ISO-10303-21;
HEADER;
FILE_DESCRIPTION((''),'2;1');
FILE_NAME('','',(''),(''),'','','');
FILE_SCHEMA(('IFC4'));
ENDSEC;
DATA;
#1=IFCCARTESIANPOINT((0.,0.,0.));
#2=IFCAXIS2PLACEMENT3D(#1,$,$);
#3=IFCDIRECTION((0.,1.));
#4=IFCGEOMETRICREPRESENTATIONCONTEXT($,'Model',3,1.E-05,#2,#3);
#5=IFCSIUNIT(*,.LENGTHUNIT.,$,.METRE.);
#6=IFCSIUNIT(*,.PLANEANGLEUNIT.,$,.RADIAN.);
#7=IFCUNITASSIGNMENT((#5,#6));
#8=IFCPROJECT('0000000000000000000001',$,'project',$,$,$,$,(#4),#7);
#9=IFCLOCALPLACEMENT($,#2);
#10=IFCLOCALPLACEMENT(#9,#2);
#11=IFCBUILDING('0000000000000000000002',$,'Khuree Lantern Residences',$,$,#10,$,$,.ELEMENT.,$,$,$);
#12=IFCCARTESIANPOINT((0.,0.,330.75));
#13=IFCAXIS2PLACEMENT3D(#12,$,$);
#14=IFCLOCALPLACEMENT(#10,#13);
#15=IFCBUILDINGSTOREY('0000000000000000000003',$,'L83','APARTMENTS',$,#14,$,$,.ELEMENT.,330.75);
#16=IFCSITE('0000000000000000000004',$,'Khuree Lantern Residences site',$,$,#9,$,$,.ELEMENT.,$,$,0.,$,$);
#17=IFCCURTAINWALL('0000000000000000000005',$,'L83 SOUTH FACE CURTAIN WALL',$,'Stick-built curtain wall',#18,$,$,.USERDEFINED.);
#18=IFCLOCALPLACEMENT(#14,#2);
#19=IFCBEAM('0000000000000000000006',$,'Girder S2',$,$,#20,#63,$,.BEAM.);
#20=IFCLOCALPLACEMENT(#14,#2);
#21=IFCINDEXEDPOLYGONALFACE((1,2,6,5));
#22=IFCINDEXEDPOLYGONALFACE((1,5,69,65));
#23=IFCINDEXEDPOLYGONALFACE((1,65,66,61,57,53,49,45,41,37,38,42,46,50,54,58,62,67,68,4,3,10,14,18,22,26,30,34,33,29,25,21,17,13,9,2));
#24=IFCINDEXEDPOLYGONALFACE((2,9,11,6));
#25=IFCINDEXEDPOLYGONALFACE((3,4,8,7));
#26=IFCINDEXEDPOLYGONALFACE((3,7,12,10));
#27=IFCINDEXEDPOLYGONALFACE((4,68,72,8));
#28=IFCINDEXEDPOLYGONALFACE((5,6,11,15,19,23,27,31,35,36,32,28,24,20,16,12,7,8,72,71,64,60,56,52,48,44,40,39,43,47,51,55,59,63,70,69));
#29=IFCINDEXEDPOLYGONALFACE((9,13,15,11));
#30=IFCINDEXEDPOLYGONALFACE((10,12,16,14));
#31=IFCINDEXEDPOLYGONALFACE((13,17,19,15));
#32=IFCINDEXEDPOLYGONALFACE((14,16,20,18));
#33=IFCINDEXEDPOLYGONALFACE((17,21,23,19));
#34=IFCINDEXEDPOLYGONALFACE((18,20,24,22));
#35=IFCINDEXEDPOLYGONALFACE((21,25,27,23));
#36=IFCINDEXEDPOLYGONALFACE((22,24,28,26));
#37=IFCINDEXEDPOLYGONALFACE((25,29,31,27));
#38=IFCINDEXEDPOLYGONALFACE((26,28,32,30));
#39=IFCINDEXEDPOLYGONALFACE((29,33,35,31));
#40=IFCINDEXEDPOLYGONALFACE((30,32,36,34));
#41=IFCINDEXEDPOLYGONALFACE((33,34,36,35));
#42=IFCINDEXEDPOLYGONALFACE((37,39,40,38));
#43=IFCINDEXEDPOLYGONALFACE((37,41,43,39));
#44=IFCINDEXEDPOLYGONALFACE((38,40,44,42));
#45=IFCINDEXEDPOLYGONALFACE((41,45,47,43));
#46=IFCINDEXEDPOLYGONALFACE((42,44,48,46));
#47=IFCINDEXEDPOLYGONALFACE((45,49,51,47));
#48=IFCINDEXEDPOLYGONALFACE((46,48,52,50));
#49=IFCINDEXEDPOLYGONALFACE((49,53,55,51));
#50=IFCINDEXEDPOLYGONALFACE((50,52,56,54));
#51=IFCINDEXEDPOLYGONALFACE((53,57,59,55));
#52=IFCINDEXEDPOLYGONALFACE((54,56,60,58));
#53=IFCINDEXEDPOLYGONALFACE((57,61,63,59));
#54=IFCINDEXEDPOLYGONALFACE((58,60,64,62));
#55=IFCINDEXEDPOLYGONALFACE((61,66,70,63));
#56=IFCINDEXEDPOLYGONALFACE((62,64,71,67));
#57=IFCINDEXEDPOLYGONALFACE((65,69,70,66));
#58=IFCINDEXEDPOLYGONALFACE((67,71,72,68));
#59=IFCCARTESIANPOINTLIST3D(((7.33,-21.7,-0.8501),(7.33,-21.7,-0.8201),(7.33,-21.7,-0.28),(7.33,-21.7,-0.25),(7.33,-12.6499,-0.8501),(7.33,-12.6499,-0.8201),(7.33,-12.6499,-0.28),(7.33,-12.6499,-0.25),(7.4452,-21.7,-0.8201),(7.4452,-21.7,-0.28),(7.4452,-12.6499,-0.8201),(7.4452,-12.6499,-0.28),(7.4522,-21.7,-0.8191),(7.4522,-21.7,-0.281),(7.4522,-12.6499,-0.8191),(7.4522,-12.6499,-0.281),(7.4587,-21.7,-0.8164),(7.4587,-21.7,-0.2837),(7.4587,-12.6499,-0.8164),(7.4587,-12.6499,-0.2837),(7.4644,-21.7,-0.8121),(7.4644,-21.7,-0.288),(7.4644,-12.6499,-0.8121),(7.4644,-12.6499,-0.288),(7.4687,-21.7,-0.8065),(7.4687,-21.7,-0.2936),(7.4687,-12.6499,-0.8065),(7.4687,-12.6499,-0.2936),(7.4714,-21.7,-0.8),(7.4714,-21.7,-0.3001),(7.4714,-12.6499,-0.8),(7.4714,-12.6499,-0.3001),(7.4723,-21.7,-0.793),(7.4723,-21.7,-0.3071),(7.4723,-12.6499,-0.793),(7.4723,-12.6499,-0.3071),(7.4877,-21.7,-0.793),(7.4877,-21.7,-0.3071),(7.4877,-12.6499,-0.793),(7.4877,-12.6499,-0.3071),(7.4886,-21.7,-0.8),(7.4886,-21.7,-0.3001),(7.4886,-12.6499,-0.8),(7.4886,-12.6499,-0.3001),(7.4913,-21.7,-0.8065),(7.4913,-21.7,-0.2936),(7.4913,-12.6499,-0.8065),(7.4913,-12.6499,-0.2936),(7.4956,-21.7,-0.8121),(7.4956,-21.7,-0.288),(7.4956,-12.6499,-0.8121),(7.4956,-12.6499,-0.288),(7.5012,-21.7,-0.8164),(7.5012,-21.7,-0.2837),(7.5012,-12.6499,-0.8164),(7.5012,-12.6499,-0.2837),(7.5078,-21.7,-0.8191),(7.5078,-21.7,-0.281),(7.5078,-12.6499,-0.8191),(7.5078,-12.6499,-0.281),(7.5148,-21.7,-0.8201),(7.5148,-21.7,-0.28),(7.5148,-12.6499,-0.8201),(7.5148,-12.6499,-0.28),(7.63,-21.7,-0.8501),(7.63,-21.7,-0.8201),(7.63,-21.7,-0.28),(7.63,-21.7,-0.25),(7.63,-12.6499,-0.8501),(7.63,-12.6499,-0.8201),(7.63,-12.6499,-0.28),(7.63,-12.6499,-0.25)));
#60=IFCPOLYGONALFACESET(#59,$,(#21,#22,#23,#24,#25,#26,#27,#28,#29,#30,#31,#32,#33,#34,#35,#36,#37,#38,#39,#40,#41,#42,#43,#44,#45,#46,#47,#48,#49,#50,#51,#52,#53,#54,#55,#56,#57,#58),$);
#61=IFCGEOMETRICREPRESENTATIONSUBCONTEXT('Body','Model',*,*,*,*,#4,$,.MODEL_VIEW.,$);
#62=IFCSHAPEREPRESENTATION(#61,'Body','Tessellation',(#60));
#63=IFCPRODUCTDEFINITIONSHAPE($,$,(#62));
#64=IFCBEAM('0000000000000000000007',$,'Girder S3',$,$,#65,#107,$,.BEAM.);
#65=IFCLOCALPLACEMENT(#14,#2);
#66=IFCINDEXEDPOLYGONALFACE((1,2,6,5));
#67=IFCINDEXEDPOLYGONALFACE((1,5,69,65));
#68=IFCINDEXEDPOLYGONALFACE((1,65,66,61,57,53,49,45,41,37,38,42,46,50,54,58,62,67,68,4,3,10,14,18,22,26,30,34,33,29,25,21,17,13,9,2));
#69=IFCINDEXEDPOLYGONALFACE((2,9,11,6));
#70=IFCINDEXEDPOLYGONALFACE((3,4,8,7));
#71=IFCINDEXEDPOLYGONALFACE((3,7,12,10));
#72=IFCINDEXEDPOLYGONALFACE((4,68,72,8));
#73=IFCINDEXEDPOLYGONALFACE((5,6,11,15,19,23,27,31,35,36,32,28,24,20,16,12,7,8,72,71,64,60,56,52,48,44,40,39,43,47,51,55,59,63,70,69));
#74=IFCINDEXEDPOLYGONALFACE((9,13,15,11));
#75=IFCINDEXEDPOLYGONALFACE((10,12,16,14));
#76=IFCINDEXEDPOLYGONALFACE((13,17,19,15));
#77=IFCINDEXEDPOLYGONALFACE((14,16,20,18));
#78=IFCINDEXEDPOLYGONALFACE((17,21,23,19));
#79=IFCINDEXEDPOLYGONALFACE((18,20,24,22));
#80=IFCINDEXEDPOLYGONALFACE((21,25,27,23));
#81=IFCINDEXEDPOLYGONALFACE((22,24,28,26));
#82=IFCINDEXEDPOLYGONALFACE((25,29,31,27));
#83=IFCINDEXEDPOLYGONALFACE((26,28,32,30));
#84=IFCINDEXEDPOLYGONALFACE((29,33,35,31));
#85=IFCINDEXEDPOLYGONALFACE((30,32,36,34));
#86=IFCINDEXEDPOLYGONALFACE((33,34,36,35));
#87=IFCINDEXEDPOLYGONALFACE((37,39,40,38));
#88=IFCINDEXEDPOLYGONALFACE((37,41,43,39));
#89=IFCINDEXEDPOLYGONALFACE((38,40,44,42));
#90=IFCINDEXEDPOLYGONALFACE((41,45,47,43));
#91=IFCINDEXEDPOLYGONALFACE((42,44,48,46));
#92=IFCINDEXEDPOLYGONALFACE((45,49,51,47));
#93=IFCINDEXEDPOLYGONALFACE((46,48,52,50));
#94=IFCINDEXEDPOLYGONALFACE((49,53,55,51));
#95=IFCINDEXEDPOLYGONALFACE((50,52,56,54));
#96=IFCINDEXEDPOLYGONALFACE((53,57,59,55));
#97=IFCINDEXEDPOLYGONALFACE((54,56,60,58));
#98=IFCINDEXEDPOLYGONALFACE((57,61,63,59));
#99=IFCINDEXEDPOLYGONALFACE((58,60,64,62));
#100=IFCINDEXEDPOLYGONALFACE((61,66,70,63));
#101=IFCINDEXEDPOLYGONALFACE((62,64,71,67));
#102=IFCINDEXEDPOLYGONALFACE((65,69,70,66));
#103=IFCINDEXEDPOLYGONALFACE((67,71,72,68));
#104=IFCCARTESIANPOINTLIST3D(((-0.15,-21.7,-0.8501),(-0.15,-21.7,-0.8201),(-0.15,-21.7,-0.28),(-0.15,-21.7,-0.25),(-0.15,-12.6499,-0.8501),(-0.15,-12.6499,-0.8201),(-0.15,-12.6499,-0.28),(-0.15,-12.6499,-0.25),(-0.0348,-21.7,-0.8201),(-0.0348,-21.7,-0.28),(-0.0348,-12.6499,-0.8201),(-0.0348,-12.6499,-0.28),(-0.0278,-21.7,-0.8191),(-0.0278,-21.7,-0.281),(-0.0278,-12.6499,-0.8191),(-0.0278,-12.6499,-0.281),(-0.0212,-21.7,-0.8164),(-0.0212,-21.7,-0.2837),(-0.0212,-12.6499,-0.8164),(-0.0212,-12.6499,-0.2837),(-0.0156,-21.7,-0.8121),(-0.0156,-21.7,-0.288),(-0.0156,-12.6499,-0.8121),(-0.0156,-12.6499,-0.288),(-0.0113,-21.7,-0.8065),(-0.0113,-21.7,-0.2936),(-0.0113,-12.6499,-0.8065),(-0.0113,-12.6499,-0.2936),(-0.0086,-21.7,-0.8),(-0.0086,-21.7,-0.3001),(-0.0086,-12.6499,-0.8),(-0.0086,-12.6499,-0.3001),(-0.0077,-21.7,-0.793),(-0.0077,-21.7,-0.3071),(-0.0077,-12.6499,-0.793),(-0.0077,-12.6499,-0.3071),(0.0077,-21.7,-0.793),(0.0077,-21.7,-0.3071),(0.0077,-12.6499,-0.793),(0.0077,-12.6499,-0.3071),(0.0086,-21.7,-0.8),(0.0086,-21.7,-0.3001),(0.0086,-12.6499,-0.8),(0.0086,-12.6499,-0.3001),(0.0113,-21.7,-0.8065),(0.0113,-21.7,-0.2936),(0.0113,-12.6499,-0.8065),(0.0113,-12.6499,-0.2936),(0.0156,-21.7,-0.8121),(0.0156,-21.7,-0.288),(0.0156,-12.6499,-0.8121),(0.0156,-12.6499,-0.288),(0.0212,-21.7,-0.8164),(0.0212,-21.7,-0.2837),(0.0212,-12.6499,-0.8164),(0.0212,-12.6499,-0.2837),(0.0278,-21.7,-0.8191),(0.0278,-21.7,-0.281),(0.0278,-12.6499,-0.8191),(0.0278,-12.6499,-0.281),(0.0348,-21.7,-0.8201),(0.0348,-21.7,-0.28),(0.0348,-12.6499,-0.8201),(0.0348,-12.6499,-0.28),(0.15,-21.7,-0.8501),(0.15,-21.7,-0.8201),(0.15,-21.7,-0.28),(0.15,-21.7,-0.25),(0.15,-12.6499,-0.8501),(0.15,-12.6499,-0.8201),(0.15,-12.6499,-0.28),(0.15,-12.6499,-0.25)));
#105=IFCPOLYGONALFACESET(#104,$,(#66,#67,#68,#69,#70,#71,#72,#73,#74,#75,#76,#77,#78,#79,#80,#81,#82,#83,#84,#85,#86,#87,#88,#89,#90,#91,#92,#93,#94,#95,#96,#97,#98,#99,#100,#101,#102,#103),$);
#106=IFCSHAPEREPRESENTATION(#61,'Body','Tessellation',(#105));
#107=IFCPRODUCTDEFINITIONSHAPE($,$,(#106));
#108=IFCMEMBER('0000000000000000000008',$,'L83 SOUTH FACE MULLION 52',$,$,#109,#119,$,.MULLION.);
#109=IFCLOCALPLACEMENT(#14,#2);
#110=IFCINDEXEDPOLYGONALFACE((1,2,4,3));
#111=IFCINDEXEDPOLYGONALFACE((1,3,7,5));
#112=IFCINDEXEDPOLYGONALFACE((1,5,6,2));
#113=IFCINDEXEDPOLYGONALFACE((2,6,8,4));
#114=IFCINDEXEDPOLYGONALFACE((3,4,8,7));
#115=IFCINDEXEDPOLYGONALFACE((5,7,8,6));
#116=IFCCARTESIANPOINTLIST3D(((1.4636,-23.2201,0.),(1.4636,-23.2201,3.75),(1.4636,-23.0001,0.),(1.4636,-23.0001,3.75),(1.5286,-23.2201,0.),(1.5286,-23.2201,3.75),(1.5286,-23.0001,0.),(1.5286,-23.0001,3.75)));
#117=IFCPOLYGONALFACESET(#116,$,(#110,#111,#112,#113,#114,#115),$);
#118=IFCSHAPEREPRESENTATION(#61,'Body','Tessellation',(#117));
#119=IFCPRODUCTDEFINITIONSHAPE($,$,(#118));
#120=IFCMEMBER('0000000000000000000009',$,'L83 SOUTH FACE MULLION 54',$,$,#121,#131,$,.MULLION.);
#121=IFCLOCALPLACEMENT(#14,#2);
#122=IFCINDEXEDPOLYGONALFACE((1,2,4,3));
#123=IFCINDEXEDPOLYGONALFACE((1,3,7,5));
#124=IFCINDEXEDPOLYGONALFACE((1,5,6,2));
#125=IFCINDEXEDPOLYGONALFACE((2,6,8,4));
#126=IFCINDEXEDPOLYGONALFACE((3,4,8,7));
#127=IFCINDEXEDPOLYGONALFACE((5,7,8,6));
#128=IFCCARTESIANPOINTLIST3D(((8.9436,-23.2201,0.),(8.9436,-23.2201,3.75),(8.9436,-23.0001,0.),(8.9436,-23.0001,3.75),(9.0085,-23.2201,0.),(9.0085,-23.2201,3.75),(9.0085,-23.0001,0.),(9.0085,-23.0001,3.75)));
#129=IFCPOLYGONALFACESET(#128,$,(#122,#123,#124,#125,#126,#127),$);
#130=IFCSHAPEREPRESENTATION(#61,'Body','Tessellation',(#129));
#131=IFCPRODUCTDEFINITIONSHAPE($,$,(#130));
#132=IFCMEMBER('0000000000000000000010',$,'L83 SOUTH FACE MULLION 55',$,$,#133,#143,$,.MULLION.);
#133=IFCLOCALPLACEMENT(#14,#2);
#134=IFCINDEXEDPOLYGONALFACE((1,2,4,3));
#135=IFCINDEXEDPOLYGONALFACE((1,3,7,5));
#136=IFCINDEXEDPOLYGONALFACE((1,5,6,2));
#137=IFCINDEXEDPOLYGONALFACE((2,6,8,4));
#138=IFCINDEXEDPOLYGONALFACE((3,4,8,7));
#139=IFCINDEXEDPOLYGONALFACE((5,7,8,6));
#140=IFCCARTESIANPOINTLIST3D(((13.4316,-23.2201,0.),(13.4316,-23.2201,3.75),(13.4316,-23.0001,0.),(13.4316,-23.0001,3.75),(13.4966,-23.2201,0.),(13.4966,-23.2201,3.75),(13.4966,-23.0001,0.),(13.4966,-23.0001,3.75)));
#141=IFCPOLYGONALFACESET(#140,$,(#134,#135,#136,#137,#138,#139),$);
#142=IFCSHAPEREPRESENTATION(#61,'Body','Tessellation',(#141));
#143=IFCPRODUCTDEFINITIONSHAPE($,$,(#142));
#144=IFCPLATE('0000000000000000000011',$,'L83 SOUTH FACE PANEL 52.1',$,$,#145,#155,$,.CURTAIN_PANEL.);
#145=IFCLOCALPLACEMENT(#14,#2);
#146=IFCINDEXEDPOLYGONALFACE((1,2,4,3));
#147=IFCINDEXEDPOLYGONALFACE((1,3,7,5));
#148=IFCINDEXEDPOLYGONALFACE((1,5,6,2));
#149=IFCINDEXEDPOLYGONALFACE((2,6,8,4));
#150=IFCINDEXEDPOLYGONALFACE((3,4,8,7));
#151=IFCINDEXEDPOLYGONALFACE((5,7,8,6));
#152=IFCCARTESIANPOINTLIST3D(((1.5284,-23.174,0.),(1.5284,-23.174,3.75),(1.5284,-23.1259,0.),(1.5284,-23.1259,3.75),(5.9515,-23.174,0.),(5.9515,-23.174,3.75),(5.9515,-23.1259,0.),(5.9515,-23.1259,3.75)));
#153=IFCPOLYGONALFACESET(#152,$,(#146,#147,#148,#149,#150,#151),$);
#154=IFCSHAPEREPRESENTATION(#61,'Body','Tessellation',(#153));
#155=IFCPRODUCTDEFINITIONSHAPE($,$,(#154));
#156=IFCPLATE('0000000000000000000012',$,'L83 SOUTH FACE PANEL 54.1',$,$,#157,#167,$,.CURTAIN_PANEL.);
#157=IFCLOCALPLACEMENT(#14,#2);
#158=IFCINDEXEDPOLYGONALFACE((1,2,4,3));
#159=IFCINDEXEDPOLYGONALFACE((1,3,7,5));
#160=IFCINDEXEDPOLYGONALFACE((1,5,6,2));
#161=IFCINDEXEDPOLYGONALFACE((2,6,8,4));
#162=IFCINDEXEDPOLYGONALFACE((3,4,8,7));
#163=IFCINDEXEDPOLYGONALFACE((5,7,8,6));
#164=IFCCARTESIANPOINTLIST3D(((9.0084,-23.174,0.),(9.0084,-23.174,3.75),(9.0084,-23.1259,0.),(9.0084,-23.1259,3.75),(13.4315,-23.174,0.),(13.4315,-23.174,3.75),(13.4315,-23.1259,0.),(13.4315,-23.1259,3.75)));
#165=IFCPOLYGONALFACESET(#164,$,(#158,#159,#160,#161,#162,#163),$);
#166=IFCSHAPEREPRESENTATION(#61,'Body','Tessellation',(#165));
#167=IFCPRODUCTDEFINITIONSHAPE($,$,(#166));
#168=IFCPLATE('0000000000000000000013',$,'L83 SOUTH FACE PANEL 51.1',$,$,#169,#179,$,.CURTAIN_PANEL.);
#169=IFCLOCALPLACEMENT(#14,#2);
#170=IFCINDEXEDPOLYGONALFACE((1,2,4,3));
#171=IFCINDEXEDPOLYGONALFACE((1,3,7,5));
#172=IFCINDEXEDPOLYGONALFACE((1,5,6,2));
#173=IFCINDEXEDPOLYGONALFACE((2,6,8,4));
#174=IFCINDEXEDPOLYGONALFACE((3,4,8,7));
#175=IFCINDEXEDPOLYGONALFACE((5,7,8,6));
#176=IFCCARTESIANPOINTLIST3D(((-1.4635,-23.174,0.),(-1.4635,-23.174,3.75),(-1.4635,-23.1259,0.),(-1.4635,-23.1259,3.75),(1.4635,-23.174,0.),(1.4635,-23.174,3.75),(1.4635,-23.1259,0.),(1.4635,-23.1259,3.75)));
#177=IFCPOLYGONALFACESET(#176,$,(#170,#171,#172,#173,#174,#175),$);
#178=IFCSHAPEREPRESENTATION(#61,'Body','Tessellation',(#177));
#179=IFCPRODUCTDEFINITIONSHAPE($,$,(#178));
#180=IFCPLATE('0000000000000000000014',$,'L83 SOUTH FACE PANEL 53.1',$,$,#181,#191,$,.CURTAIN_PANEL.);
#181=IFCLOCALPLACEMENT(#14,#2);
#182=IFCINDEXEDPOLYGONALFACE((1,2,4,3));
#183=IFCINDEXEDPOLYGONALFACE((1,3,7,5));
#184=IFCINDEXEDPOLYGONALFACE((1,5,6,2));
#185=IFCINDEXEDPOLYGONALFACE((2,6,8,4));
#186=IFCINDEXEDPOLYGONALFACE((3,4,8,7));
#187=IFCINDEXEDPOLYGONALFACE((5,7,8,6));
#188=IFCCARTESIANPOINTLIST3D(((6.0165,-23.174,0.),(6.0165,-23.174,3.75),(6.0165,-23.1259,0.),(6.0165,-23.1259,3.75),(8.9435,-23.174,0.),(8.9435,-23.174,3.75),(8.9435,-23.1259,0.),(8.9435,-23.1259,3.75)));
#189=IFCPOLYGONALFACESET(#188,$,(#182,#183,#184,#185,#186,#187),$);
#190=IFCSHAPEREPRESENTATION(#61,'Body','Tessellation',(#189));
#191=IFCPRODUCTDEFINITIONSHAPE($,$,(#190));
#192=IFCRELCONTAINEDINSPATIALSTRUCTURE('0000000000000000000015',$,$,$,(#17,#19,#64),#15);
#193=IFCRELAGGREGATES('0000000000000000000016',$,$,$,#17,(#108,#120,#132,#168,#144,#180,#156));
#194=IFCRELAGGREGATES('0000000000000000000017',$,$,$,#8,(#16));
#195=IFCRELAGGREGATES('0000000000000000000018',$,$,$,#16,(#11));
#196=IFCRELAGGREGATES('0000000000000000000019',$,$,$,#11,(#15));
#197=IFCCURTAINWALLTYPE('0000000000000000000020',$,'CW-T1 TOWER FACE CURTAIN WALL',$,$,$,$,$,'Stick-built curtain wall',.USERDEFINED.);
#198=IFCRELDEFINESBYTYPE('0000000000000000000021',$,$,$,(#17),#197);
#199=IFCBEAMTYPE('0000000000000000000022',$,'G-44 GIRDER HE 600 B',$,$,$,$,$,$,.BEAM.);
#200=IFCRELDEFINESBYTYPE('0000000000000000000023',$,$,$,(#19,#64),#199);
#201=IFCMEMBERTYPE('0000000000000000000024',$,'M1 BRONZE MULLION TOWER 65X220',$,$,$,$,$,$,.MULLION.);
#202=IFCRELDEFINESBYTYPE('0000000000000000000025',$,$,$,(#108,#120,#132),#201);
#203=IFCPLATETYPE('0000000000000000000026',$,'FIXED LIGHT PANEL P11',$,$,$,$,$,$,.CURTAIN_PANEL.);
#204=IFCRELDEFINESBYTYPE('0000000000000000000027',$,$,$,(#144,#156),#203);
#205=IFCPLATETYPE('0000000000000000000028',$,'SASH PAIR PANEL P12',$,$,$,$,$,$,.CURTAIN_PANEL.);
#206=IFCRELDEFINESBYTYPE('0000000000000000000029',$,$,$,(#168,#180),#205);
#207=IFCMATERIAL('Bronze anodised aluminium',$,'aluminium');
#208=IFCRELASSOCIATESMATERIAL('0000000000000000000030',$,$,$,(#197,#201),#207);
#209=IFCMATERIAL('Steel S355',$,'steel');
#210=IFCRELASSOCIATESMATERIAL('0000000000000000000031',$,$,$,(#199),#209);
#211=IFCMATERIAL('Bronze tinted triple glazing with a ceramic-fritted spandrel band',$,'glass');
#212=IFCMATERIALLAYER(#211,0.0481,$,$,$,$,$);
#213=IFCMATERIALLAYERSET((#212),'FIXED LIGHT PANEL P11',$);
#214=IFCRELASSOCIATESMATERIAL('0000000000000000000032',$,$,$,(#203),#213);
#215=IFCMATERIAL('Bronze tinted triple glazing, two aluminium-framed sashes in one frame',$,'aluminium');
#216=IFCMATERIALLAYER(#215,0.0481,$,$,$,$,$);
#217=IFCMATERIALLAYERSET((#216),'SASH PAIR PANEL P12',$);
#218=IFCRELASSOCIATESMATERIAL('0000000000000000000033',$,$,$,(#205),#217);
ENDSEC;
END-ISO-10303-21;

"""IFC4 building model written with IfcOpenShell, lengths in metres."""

from ifc_helpers import new_model, si_unit, direction, frame, origin, origin_2d, place, context, subcontext, project, spatial, rectangle, i_section, extrude, material, layer, layer_set, material_profile, profile_set, type_object, element, aggregate, save


model = new_model("IFC4")

# Units and contexts
model_context = context("Model", 3, precision=1e-05, world=origin(), true_north=direction((0.0, 1.0)))
body_context = subcontext(model_context, "Body", "Model", "MODEL_VIEW")
ifc_project = project(units=[si_unit("LENGTHUNIT", "METRE"), si_unit("PLANEANGLEUNIT", "RADIAN")], contexts=[model_context])

# Site, building, storey
site_placement = place(None, origin())
site = spatial("IfcSite", under=ifc_project, at=site_placement, Name="Khuree Lantern Residences site", CompositionType="ELEMENT", RefElevation=0.0)
building_placement = place(site_placement, origin())
building = spatial("IfcBuilding", under=site, at=building_placement, Name="Khuree Lantern Residences", CompositionType="ELEMENT")
storey_placement = place(building_placement, frame((0.0, 0.0, 330.75)))
storey = spatial("IfcBuildingStorey", under=building, at=storey_placement, Name="L83", Description="APARTMENTS", CompositionType="ELEMENT", Elevation=330.75)

# Shared definitions
ifc_material_1 = material(Name="Steel S355", Category="steel")

# Curtain wall
ifc_material_2 = material(Name="Bronze anodised aluminium", Category="aluminium")
curtain_wall_type = type_object("IfcCurtainWallType", Name="CW-T1 TOWER FACE CURTAIN WALL", ElementType="Stick-built curtain wall", PredefinedType="USERDEFINED", material=ifc_material_2)
curtain_wall_placement = place(storey_placement, origin())
curtain_wall = element("IfcCurtainWall", 1, at=curtain_wall_placement, inside=storey, type_object=curtain_wall_type, Name="L83 SOUTH FACE CURTAIN WALL", ObjectType="Stick-built curtain wall", PredefinedType="USERDEFINED")

# Beams
ifc_material_profile_1 = material_profile(ifc_material_1, i_section(OverallWidth=0.3, OverallDepth=0.6001, WebThickness=0.0154, FlangeThickness=0.03, FilletRadius=0.0271, at=origin_2d()), Name="HE 600 B")
ifc_profile_set_1 = profile_set([ifc_material_profile_1], Name="Steel S355")
beam_type_1 = type_object("IfcBeamType", Name="G-44 GIRDER HE 600 B", PredefinedType="BEAM", material=ifc_profile_set_1)
for number, where, z_axis, x_axis, name in (
    (2, (7.48, -21.7, -0.55), (0.0, 1.0, 0.0), (-1.0, 0.0, 0.0), "Girder S2"),
    (3, (0.0, -21.7, -0.55), (0.0, 1.0, 0.0), (-1.0, 0.0, 0.0), "Girder S3"),
):
    element("IfcBeam", number, at=place(storey_placement, frame(where, z_axis=z_axis, x_axis=x_axis)), inside=storey, type_object=beam_type_1, Name=name, PredefinedType="BEAM", context=body_context, shape_type="SweptSolid", body=[
        extrude(i_section(OverallWidth=0.3, OverallDepth=0.6001, WebThickness=0.0154, FlangeThickness=0.03, FilletRadius=0.0271, at=origin_2d()), origin(), (0.0, 0.0, 1.0), 9.05),
    ])

# Members
ifc_material_profile_2 = material_profile(ifc_material_2, rectangle(XDim=0.0649, YDim=0.22, at=origin_2d()), Name="M1 65X220")
ifc_profile_set_2 = profile_set([ifc_material_profile_2], Name="Bronze anodised aluminium")
member_type_1 = type_object("IfcMemberType", Name="M1 BRONZE MULLION TOWER 65X220", PredefinedType="MULLION", material=ifc_profile_set_2)
member_1_placement = place(storey_placement, frame((1.4961, -23.1101, 0.0), z_axis=(0.0, 0.0, 1.0), x_axis=(1.0, 0.0, 0.0)))
member_1 = element("IfcMember", 4, at=member_1_placement, type_object=member_type_1, Name="L83 SOUTH FACE MULLION 52", PredefinedType="MULLION", context=body_context, shape_type="SweptSolid", body=[
    extrude(rectangle(XDim=0.0649, YDim=0.22, at=origin_2d()), origin(), (0.0, 0.0, 1.0), 3.75),
])
member_2_placement = place(storey_placement, frame((8.9761, -23.1101, 0.0), z_axis=(0.0, 0.0, 1.0), x_axis=(1.0, 0.0, 0.0)))
member_2 = element("IfcMember", 5, at=member_2_placement, type_object=member_type_1, Name="L83 SOUTH FACE MULLION 54", PredefinedType="MULLION", context=body_context, shape_type="SweptSolid", body=[
    extrude(rectangle(XDim=0.0649, YDim=0.22, at=origin_2d()), origin(), (0.0, 0.0, 1.0), 3.75),
])
member_3_placement = place(storey_placement, frame((13.4641, -23.1101, 0.0), z_axis=(0.0, 0.0, 1.0), x_axis=(1.0, 0.0, 0.0)))
member_3 = element("IfcMember", 6, at=member_3_placement, type_object=member_type_1, Name="L83 SOUTH FACE MULLION 55", PredefinedType="MULLION", context=body_context, shape_type="SweptSolid", body=[
    extrude(rectangle(XDim=0.0649, YDim=0.22, at=origin_2d()), origin(), (0.0, 0.0, 1.0), 3.75),
])

# Plates
ifc_material_3 = material(Name="Bronze tinted triple glazing with a ceramic-fritted spandrel band", Category="glass")
ifc_layer_1 = layer(ifc_material_3, 0.0481)
ifc_layer_set_1 = layer_set([ifc_layer_1], Name="FIXED LIGHT PANEL P11")
plate_type_1 = type_object("IfcPlateType", Name="FIXED LIGHT PANEL P11", PredefinedType="CURTAIN_PANEL", material=ifc_layer_set_1)
plate_1_placement = place(storey_placement, frame((3.74, -23.1499, 0.0), z_axis=(0.0, 0.0, 1.0), x_axis=(1.0, 0.0, 0.0)))
plate_1 = element("IfcPlate", 7, at=plate_1_placement, type_object=plate_type_1, Name="L83 SOUTH FACE PANEL 52.1", PredefinedType="CURTAIN_PANEL", context=body_context, shape_type="SweptSolid", body=[
    extrude(rectangle(XDim=4.4231, YDim=0.0481, at=origin_2d()), origin(), (0.0, 0.0, 1.0), 3.75),
])
plate_2_placement = place(storey_placement, frame((11.22, -23.1499, 0.0), z_axis=(0.0, 0.0, 1.0), x_axis=(1.0, 0.0, 0.0)))
plate_2 = element("IfcPlate", 8, at=plate_2_placement, type_object=plate_type_1, Name="L83 SOUTH FACE PANEL 54.1", PredefinedType="CURTAIN_PANEL", context=body_context, shape_type="SweptSolid", body=[
    extrude(rectangle(XDim=4.4231, YDim=0.0481, at=origin_2d()), origin(), (0.0, 0.0, 1.0), 3.75),
])
ifc_material_4 = material(Name="Bronze tinted triple glazing, two aluminium-framed sashes in one frame", Category="aluminium")
ifc_layer_2 = layer(ifc_material_4, 0.0481)
ifc_layer_set_2 = layer_set([ifc_layer_2], Name="SASH PAIR PANEL P12")
plate_type_2 = type_object("IfcPlateType", Name="SASH PAIR PANEL P12", PredefinedType="CURTAIN_PANEL", material=ifc_layer_set_2)
plate_3_placement = place(storey_placement, frame((0.0, -23.1499, 0.0), z_axis=(0.0, 0.0, 1.0), x_axis=(1.0, 0.0, 0.0)))
plate_3 = element("IfcPlate", 9, at=plate_3_placement, type_object=plate_type_2, Name="L83 SOUTH FACE PANEL 51.1", PredefinedType="CURTAIN_PANEL", context=body_context, shape_type="SweptSolid", body=[
    extrude(rectangle(XDim=2.927, YDim=0.0481, at=origin_2d()), origin(), (0.0, 0.0, 1.0), 3.75),
])
plate_4_placement = place(storey_placement, frame((7.48, -23.1499, 0.0), z_axis=(0.0, 0.0, 1.0), x_axis=(1.0, 0.0, 0.0)))
plate_4 = element("IfcPlate", 10, at=plate_4_placement, type_object=plate_type_2, Name="L83 SOUTH FACE PANEL 53.1", PredefinedType="CURTAIN_PANEL", context=body_context, shape_type="SweptSolid", body=[
    extrude(rectangle(XDim=2.927, YDim=0.0481, at=origin_2d()), origin(), (0.0, 0.0, 1.0), 3.75),
])
aggregate(curtain_wall, [member_1, member_2, member_3, plate_3, plate_1, plate_4, plate_2])

save(model, "model.ifc")
